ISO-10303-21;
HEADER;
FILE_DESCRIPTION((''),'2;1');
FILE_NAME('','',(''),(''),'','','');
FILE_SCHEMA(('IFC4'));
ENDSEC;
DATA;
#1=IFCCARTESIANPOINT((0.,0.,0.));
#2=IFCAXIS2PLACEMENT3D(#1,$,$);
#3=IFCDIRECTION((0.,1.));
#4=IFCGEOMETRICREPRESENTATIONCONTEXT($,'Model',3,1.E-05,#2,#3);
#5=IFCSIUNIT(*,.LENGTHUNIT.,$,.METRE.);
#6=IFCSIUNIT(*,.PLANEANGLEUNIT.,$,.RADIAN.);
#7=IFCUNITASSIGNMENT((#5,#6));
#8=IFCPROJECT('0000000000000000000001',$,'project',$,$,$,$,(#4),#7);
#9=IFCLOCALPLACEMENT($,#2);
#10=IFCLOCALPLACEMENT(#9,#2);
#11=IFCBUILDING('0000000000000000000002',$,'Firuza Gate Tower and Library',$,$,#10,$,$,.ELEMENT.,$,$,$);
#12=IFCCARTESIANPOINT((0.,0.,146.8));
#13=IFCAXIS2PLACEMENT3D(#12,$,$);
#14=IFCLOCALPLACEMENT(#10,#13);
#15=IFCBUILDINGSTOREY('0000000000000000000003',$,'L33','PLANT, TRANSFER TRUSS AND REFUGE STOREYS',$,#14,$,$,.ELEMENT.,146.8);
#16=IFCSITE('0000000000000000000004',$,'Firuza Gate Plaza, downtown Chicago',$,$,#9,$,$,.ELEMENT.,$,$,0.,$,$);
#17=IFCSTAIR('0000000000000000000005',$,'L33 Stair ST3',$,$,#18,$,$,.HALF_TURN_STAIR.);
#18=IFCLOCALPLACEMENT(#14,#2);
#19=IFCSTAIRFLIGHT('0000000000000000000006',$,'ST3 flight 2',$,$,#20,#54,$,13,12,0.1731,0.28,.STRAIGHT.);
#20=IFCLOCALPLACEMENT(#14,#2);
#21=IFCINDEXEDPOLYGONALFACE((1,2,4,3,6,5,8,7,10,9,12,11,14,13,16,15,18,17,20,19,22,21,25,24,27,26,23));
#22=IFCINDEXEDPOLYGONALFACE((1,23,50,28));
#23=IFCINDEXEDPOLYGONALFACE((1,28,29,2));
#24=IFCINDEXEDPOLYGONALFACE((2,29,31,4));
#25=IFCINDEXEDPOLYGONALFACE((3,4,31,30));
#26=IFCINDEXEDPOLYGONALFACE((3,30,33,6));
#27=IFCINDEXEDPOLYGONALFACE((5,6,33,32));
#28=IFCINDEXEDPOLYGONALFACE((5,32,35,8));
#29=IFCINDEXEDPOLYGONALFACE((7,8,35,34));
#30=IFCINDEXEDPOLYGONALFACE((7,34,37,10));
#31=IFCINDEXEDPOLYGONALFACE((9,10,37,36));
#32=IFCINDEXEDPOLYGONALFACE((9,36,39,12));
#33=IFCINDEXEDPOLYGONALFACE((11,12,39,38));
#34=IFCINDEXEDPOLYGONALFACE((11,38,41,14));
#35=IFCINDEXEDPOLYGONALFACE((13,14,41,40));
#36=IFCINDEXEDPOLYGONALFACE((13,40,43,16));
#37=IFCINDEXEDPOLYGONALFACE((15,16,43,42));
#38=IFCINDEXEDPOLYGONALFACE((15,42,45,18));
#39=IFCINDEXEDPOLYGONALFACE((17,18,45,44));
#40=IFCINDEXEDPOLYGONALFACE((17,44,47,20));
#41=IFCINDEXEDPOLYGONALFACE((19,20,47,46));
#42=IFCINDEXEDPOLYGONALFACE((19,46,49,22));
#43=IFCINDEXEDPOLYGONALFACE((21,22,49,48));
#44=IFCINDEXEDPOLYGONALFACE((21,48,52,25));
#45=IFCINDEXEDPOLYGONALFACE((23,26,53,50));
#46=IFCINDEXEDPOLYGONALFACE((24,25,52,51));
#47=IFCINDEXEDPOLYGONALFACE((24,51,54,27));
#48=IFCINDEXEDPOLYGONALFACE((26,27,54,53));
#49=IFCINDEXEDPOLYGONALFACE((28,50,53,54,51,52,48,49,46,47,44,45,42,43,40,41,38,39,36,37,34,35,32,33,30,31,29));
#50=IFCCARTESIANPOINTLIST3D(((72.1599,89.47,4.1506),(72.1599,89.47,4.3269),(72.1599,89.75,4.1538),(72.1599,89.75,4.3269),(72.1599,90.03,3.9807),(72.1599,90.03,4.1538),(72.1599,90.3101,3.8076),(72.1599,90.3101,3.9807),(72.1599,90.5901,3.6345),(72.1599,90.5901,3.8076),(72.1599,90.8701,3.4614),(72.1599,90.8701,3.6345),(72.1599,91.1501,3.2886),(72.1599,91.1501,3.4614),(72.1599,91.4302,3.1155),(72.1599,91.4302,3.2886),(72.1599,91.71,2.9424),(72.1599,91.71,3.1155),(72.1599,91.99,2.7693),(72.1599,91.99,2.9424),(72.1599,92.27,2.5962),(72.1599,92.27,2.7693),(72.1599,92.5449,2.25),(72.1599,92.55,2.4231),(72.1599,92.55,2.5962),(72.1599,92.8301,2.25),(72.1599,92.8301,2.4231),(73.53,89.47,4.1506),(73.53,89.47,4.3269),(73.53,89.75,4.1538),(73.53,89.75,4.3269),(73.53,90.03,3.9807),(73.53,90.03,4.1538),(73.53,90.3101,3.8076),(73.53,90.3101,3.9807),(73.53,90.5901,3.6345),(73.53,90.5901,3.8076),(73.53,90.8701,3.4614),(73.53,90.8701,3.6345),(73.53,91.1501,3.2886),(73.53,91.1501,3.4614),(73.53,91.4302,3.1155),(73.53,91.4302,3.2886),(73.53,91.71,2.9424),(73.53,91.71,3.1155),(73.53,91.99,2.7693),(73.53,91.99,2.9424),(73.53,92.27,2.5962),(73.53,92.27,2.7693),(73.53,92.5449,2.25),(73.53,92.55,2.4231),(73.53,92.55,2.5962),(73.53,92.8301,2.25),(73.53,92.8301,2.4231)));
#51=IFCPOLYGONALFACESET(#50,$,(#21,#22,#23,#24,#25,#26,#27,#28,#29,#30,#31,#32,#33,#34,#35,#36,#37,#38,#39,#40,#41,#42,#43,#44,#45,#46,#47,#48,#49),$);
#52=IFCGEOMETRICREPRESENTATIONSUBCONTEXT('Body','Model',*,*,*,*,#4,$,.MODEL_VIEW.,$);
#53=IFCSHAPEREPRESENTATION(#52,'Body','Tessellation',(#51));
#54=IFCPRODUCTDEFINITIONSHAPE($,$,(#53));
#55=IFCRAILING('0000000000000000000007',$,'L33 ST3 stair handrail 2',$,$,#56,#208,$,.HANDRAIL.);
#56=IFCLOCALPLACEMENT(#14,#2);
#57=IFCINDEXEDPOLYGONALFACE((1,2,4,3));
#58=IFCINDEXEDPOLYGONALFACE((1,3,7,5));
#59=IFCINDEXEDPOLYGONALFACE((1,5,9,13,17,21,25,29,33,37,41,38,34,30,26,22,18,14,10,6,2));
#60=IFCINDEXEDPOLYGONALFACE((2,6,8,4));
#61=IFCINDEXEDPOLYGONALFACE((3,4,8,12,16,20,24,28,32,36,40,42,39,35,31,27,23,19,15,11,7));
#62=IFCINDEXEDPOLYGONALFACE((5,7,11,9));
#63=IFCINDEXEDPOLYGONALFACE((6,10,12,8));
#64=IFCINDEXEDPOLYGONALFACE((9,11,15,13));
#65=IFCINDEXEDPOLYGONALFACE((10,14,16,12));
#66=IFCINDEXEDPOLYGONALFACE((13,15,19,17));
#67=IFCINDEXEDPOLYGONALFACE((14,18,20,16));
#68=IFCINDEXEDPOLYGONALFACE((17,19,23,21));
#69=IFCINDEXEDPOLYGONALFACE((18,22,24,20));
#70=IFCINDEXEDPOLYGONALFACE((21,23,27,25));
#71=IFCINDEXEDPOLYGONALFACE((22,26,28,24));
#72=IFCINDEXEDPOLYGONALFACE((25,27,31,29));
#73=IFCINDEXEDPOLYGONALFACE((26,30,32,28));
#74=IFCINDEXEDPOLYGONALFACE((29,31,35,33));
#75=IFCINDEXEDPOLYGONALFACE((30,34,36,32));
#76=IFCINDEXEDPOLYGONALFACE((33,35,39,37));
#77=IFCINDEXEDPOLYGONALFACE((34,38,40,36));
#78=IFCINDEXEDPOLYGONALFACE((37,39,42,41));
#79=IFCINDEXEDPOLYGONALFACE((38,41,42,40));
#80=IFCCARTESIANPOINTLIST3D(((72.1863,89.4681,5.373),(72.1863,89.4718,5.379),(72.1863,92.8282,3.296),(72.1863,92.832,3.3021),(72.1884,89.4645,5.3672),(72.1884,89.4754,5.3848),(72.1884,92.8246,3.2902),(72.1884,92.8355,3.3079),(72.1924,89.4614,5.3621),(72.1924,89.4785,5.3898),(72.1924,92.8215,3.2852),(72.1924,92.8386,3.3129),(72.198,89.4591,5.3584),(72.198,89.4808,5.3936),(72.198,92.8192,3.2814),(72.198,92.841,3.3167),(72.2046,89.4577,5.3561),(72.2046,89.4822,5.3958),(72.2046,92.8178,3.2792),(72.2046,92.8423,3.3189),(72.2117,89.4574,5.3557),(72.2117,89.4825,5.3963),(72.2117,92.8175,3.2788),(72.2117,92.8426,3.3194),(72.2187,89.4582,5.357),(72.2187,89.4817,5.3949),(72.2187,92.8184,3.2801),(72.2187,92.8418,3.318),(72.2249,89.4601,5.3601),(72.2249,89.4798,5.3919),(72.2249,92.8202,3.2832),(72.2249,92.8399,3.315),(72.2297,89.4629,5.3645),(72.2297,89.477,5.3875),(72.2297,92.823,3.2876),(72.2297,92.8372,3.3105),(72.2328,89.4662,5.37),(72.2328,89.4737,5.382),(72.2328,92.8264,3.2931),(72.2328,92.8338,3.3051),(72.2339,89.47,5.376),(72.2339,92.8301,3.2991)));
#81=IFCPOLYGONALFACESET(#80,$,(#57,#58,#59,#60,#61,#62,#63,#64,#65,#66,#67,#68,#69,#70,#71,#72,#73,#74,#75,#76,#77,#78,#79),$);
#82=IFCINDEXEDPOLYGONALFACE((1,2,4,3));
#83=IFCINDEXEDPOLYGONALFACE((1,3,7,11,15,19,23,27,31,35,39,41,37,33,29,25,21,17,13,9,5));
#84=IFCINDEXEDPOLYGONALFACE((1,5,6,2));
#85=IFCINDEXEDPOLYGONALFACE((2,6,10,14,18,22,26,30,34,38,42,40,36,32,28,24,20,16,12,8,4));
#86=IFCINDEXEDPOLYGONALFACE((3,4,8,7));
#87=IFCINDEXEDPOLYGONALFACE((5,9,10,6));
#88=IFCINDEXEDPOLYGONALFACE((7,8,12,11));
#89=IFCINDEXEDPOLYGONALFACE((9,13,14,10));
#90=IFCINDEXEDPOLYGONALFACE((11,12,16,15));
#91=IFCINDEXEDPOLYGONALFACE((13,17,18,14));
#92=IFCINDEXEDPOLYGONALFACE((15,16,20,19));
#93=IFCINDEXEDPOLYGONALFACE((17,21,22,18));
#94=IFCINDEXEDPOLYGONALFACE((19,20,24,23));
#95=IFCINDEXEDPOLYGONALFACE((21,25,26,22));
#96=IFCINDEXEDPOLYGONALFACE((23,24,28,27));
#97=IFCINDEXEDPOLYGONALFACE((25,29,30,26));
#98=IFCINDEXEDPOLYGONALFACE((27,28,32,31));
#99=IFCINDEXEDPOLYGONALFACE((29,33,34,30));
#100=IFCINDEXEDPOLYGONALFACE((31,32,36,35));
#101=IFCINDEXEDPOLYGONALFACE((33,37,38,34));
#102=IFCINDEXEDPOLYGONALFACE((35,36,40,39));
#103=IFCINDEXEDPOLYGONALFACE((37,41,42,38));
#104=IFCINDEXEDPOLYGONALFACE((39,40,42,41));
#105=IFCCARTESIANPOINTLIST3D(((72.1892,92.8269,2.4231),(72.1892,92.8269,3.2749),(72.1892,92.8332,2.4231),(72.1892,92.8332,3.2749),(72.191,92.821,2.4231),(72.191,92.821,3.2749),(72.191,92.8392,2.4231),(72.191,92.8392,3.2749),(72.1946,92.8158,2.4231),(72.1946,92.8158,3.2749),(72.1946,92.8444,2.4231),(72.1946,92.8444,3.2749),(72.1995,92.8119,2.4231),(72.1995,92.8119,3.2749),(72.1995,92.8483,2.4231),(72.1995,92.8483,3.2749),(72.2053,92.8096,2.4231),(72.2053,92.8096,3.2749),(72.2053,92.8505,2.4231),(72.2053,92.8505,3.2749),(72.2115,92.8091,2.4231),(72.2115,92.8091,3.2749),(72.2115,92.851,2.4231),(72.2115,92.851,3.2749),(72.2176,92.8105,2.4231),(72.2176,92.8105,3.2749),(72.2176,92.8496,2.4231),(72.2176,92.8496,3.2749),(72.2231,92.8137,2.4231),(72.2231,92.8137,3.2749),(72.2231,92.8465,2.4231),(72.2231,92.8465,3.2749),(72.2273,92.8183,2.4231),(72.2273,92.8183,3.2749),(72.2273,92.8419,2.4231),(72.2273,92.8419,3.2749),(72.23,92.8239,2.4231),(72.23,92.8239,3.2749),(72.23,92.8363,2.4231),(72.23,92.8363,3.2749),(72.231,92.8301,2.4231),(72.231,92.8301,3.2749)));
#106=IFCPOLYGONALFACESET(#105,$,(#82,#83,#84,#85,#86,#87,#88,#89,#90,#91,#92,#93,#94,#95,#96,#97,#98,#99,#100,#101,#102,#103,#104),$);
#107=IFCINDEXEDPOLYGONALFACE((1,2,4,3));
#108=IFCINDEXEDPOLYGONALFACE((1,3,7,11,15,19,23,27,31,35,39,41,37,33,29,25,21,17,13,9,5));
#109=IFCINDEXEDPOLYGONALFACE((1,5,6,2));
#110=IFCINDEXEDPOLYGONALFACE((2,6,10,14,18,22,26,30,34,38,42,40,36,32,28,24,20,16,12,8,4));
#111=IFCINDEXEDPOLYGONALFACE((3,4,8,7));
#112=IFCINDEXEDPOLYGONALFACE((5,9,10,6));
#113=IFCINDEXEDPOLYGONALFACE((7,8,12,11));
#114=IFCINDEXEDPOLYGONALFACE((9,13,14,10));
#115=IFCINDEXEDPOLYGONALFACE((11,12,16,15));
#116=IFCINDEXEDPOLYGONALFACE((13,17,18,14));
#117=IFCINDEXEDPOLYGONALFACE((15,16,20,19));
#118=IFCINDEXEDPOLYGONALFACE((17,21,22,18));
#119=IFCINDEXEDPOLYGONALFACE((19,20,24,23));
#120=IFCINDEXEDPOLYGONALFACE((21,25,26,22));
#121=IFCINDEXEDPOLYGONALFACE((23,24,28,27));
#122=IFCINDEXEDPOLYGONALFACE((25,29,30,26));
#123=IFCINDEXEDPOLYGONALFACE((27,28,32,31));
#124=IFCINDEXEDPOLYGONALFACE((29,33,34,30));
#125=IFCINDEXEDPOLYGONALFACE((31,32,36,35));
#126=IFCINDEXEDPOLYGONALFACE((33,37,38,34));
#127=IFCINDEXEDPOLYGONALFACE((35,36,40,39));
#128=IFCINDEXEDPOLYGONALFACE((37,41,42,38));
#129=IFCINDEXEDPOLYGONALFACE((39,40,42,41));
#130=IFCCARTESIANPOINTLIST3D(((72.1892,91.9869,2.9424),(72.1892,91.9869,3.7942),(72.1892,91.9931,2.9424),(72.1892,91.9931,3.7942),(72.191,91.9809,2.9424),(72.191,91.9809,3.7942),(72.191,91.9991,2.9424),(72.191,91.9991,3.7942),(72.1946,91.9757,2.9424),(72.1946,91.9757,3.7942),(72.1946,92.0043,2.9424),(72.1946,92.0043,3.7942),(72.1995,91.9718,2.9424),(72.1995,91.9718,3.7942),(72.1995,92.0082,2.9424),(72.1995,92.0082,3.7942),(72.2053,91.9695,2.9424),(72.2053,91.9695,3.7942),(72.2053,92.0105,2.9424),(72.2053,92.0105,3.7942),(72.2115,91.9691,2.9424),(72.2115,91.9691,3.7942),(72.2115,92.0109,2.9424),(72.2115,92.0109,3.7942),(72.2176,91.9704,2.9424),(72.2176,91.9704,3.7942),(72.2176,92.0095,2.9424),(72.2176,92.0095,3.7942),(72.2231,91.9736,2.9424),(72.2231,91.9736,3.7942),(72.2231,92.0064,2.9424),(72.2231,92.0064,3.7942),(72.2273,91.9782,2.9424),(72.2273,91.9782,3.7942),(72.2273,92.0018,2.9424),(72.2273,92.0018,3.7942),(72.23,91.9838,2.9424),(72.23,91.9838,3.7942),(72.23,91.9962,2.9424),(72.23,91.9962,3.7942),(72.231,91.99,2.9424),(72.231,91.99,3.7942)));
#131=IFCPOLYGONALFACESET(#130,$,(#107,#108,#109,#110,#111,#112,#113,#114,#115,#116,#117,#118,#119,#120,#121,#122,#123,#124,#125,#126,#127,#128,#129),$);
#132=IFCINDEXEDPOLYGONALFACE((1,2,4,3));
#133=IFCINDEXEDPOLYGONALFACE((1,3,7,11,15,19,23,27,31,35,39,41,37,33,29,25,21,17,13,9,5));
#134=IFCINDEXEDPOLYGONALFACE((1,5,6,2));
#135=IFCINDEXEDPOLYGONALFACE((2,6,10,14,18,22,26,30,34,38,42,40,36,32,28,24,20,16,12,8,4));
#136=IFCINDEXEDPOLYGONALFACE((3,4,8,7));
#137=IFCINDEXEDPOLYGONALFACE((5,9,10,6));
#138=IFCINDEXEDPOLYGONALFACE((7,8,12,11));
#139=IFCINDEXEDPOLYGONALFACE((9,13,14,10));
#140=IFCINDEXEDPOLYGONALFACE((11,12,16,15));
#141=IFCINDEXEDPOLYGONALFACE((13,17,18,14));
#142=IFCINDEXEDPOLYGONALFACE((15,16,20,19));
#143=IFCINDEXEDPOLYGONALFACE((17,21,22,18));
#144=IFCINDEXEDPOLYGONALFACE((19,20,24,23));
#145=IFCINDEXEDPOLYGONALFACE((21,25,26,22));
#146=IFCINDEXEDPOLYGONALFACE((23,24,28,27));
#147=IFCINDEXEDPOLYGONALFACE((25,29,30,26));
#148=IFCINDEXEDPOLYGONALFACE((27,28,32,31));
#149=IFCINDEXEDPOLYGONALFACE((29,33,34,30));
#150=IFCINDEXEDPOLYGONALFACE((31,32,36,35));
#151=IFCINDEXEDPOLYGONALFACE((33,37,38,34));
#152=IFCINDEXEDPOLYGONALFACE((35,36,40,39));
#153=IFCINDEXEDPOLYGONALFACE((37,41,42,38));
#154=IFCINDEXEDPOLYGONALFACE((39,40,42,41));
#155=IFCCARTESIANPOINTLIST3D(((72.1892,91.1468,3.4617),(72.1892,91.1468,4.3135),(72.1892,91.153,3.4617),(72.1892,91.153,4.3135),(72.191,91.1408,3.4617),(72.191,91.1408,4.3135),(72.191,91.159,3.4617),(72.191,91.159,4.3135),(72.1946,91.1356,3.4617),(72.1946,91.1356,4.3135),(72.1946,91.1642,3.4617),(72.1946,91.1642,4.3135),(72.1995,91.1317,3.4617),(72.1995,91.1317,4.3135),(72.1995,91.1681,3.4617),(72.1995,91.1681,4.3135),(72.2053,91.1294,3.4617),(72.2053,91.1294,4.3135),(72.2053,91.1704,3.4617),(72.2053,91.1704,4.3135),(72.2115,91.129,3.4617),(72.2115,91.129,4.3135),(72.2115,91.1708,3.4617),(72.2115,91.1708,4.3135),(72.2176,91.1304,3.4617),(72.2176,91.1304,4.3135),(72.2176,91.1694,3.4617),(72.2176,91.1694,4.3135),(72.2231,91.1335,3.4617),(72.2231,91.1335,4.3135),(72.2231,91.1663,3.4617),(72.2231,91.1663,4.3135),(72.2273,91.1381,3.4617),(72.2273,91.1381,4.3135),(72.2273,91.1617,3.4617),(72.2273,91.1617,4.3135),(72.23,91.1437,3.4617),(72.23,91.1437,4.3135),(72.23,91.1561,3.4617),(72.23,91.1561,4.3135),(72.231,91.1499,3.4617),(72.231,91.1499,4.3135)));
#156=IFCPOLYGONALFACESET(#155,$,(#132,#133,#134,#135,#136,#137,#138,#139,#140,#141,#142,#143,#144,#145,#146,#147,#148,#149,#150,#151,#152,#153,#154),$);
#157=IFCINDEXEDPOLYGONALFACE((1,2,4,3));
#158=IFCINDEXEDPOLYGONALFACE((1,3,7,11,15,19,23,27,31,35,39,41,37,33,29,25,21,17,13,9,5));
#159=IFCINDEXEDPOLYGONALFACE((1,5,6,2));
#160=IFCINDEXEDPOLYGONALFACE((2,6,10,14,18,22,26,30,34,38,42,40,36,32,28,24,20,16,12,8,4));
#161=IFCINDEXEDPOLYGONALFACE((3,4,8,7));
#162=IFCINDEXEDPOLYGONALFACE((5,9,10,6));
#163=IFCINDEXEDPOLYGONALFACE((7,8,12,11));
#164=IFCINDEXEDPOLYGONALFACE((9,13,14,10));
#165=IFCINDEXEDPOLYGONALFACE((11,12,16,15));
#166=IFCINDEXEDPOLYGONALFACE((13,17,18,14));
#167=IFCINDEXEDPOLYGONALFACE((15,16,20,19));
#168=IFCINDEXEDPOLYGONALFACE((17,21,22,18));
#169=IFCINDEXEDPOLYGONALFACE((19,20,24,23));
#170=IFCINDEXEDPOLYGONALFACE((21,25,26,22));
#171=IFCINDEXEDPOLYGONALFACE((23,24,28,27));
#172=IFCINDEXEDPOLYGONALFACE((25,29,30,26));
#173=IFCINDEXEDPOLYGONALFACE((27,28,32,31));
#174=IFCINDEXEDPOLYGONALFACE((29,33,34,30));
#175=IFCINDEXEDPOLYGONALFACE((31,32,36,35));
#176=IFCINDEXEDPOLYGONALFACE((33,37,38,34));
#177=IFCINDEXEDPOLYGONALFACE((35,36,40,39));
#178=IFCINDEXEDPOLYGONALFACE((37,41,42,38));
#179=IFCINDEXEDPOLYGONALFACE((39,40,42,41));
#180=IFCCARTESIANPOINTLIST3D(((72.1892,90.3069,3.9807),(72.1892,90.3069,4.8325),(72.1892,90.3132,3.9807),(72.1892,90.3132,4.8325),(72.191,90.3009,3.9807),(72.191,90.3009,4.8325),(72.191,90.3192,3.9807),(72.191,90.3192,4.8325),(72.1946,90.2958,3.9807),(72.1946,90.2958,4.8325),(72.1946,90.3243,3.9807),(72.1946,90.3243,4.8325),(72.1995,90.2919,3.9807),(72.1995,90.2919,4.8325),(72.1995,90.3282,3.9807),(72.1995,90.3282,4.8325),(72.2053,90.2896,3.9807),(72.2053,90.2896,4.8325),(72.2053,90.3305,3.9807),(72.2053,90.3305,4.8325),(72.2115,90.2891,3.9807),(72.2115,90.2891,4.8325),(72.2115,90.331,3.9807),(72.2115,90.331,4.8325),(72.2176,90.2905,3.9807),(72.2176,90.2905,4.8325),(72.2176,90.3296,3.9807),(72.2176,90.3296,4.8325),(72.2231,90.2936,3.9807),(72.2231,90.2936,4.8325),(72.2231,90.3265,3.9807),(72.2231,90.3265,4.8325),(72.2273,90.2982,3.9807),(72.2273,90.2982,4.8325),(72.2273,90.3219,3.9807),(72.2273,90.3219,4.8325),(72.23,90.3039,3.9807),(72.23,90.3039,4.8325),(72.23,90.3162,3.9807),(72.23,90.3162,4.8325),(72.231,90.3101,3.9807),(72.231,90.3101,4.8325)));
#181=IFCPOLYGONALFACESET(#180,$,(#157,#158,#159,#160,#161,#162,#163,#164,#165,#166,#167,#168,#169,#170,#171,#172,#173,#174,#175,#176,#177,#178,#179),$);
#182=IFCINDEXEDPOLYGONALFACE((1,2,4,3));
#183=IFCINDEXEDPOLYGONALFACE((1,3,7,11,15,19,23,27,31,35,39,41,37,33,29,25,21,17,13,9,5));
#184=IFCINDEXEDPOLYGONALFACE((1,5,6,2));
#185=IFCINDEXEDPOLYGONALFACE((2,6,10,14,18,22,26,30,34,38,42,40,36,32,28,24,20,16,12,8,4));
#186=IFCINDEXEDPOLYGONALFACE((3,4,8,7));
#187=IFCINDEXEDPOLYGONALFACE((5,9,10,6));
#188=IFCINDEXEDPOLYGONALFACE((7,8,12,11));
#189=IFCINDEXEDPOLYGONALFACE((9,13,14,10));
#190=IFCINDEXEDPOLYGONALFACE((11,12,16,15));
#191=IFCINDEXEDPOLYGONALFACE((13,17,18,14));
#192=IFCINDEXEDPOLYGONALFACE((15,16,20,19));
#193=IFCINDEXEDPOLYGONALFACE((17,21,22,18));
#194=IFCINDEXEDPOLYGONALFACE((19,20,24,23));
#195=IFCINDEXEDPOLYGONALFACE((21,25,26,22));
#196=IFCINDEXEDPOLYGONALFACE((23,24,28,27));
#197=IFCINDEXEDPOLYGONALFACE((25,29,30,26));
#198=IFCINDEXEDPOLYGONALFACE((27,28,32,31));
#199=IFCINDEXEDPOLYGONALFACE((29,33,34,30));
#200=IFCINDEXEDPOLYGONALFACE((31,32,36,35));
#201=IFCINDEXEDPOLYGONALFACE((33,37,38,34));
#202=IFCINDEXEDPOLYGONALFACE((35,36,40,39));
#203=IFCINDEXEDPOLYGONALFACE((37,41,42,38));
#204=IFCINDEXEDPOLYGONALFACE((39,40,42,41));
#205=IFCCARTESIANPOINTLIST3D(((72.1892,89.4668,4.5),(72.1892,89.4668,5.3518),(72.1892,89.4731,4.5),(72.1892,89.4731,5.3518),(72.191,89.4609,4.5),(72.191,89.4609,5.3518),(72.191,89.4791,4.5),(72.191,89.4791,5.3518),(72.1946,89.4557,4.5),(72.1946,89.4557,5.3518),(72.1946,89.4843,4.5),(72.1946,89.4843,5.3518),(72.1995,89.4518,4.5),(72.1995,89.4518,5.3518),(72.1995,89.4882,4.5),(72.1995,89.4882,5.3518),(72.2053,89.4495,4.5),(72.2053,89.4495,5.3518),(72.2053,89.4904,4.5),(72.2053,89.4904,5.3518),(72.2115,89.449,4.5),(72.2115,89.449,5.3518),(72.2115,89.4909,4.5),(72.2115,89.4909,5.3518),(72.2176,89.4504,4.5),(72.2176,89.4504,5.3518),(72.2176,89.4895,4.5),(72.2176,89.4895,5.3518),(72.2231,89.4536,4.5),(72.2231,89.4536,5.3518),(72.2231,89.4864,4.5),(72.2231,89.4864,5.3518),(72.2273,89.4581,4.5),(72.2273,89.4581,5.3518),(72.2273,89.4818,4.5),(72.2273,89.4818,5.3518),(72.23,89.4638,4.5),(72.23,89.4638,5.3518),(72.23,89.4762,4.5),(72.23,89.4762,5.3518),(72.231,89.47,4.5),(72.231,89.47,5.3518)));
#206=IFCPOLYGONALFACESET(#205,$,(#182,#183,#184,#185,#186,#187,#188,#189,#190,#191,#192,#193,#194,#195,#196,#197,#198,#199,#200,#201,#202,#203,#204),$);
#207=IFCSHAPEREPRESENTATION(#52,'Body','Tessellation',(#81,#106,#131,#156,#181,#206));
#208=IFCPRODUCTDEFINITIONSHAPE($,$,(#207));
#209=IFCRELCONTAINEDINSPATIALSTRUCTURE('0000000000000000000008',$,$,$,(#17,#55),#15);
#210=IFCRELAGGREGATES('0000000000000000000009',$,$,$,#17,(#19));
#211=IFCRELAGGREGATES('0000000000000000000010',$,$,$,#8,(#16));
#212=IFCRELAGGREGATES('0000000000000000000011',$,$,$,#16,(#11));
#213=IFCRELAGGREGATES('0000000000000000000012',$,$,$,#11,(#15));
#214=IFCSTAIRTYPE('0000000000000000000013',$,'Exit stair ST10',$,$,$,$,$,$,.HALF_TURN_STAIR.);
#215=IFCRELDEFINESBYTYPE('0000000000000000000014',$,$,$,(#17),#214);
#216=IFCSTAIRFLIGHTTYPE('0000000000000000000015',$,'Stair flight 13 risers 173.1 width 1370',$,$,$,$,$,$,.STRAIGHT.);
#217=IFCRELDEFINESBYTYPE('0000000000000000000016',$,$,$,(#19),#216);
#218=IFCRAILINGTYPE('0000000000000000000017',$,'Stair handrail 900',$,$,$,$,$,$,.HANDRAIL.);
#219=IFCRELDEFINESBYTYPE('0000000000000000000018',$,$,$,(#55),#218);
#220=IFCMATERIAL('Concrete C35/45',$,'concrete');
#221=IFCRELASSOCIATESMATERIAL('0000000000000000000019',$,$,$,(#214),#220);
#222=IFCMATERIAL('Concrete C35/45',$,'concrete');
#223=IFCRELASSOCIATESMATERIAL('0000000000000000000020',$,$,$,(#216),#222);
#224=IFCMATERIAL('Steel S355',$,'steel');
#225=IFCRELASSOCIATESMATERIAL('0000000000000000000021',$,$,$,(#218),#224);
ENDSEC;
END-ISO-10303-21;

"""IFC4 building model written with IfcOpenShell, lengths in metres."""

from ifc_helpers import new_model, si_unit, direction, frame, origin, origin_2d, place, context, subcontext, project, spatial, polyline, circle, outline, extrude, material, type_object, element, aggregate, save


model = new_model("IFC4")

# Units and contexts
model_context = context("Model", 3, precision=1e-05, world=origin(), true_north=direction((0.0, 1.0)))
body_context = subcontext(model_context, "Body", "Model", "MODEL_VIEW")
ifc_project = project(units=[si_unit("LENGTHUNIT", "METRE"), si_unit("PLANEANGLEUNIT", "RADIAN")], contexts=[model_context])

# Site, building, storey
site_placement = place(None, origin())
site = spatial("IfcSite", under=ifc_project, at=site_placement, Name="Firuza Gate Plaza, downtown Chicago", CompositionType="ELEMENT", RefElevation=0.0)
building_placement = place(site_placement, origin())
building = spatial("IfcBuilding", under=site, at=building_placement, Name="Firuza Gate Tower and Library", CompositionType="ELEMENT")
storey_placement = place(building_placement, frame((0.0, 0.0, 146.8)))
storey = spatial("IfcBuildingStorey", under=building, at=storey_placement, Name="L33", Description="PLANT, TRANSFER TRUSS AND REFUGE STOREYS", CompositionType="ELEMENT", Elevation=146.8)

# Stair, stair flight
ifc_material_1 = material(Name="Concrete C35/45", Category="concrete")
stair_type = type_object("IfcStairType", Name="Exit stair ST10", PredefinedType="HALF_TURN_STAIR", material=ifc_material_1)
stair_placement = place(storey_placement, origin())
stair = element("IfcStair", 1, at=stair_placement, inside=storey, type_object=stair_type, Name="L33 Stair ST3", PredefinedType="HALF_TURN_STAIR")
ifc_material_2 = material(Name="Concrete C35/45", Category="concrete")
stair_flight_type = type_object("IfcStairFlightType", Name="Stair flight 13 risers 173.1 width 1370", PredefinedType="STRAIGHT", material=ifc_material_2)
stair_flight_1_placement = place(storey_placement, frame((72.845, 92.8301, 2.25), z_axis=(0.0, 0.0, 1.0), x_axis=(0.0, -1.0, 0.0)))
stair_flight_1 = element("IfcStairFlight", 2, at=stair_flight_1_placement, type_object=stair_flight_type, Name="ST3 flight 2", NumberOfRisers=13, NumberOfTreads=12, PredefinedType="STRAIGHT", RiserHeight=0.1731, TreadLength=0.28, context=body_context, shape_type="SweptSolid", body=[
    extrude(outline(polyline([(0.0, 0.0), (0.0, 0.1731), (0.28, 0.1731), (0.28, 0.3462), (0.5601, 0.3462), (0.5601, 0.5193), (0.8401, 0.5193), (0.8401, 0.6924), (1.1201, 0.6924), (1.1201, 0.8655), (1.3999, 0.8655), (1.3999, 1.0386), (1.6799, 1.0386), (1.6799, 1.2114), (1.96, 1.2114), (1.96, 1.3845), (2.24, 1.3845), (2.24, 1.5576), (2.52, 1.5576), (2.52, 1.7307), (2.8, 1.7307), (2.8, 1.9038), (3.0801, 1.9038), (3.0801, 2.0769), (3.3601, 2.0769), (3.3601, 2.25), (3.3601, 1.9006), (0.2852, 0.0), (0.0, 0.0)])), frame((0.0, 0.6851, 0.0), z_axis=(0.0, -1.0, 0.0), x_axis=(1.0, 0.0, 0.0)), (0.0, 0.0, 1.0), 1.3701),
])
aggregate(stair, [stair_flight_1])

# Railing
ifc_material_3 = material(Name="Steel S355", Category="steel")
railing_type_1 = type_object("IfcRailingType", Name="Stair handrail 900", PredefinedType="HANDRAIL", material=ifc_material_3)
railing_1_placement = place(storey_placement, frame((72.21, 92.8301, 2.4231)))
element("IfcRailing", 3, at=railing_1_placement, inside=storey, type_object=railing_type_1, Name="L33 ST3 stair handrail 2", PredefinedType="HANDRAIL", context=body_context, shape_type="SweptSolid", body=[
    extrude(circle(Radius=0.0239, at=origin_2d()), frame((0.0, 0.0, 0.876), z_axis=(0.0, -0.850623, 0.525776), x_axis=(1.0, 0.0, 0.0)), (0.0, 0.0, 1.0), 3.9502),
    extrude(circle(Radius=0.021, at=origin_2d()), origin(), (0.0, 0.0, 1.0), 0.8518),
    extrude(circle(Radius=0.021, at=origin_2d()), frame((0.0, -0.8401, 0.5193)), (0.0, 0.0, 1.0), 0.8518),
    extrude(circle(Radius=0.021, at=origin_2d()), frame((0.0, -1.6802, 1.0386)), (0.0, 0.0, 1.0), 0.8518),
    extrude(circle(Radius=0.021, at=origin_2d()), frame((0.0, -2.52, 1.5576)), (0.0, 0.0, 1.0), 0.8518),
    extrude(circle(Radius=0.021, at=origin_2d()), frame((0.0, -3.3601, 2.0769)), (0.0, 0.0, 1.0), 0.8518),
])

save(model, "model.ifc")
